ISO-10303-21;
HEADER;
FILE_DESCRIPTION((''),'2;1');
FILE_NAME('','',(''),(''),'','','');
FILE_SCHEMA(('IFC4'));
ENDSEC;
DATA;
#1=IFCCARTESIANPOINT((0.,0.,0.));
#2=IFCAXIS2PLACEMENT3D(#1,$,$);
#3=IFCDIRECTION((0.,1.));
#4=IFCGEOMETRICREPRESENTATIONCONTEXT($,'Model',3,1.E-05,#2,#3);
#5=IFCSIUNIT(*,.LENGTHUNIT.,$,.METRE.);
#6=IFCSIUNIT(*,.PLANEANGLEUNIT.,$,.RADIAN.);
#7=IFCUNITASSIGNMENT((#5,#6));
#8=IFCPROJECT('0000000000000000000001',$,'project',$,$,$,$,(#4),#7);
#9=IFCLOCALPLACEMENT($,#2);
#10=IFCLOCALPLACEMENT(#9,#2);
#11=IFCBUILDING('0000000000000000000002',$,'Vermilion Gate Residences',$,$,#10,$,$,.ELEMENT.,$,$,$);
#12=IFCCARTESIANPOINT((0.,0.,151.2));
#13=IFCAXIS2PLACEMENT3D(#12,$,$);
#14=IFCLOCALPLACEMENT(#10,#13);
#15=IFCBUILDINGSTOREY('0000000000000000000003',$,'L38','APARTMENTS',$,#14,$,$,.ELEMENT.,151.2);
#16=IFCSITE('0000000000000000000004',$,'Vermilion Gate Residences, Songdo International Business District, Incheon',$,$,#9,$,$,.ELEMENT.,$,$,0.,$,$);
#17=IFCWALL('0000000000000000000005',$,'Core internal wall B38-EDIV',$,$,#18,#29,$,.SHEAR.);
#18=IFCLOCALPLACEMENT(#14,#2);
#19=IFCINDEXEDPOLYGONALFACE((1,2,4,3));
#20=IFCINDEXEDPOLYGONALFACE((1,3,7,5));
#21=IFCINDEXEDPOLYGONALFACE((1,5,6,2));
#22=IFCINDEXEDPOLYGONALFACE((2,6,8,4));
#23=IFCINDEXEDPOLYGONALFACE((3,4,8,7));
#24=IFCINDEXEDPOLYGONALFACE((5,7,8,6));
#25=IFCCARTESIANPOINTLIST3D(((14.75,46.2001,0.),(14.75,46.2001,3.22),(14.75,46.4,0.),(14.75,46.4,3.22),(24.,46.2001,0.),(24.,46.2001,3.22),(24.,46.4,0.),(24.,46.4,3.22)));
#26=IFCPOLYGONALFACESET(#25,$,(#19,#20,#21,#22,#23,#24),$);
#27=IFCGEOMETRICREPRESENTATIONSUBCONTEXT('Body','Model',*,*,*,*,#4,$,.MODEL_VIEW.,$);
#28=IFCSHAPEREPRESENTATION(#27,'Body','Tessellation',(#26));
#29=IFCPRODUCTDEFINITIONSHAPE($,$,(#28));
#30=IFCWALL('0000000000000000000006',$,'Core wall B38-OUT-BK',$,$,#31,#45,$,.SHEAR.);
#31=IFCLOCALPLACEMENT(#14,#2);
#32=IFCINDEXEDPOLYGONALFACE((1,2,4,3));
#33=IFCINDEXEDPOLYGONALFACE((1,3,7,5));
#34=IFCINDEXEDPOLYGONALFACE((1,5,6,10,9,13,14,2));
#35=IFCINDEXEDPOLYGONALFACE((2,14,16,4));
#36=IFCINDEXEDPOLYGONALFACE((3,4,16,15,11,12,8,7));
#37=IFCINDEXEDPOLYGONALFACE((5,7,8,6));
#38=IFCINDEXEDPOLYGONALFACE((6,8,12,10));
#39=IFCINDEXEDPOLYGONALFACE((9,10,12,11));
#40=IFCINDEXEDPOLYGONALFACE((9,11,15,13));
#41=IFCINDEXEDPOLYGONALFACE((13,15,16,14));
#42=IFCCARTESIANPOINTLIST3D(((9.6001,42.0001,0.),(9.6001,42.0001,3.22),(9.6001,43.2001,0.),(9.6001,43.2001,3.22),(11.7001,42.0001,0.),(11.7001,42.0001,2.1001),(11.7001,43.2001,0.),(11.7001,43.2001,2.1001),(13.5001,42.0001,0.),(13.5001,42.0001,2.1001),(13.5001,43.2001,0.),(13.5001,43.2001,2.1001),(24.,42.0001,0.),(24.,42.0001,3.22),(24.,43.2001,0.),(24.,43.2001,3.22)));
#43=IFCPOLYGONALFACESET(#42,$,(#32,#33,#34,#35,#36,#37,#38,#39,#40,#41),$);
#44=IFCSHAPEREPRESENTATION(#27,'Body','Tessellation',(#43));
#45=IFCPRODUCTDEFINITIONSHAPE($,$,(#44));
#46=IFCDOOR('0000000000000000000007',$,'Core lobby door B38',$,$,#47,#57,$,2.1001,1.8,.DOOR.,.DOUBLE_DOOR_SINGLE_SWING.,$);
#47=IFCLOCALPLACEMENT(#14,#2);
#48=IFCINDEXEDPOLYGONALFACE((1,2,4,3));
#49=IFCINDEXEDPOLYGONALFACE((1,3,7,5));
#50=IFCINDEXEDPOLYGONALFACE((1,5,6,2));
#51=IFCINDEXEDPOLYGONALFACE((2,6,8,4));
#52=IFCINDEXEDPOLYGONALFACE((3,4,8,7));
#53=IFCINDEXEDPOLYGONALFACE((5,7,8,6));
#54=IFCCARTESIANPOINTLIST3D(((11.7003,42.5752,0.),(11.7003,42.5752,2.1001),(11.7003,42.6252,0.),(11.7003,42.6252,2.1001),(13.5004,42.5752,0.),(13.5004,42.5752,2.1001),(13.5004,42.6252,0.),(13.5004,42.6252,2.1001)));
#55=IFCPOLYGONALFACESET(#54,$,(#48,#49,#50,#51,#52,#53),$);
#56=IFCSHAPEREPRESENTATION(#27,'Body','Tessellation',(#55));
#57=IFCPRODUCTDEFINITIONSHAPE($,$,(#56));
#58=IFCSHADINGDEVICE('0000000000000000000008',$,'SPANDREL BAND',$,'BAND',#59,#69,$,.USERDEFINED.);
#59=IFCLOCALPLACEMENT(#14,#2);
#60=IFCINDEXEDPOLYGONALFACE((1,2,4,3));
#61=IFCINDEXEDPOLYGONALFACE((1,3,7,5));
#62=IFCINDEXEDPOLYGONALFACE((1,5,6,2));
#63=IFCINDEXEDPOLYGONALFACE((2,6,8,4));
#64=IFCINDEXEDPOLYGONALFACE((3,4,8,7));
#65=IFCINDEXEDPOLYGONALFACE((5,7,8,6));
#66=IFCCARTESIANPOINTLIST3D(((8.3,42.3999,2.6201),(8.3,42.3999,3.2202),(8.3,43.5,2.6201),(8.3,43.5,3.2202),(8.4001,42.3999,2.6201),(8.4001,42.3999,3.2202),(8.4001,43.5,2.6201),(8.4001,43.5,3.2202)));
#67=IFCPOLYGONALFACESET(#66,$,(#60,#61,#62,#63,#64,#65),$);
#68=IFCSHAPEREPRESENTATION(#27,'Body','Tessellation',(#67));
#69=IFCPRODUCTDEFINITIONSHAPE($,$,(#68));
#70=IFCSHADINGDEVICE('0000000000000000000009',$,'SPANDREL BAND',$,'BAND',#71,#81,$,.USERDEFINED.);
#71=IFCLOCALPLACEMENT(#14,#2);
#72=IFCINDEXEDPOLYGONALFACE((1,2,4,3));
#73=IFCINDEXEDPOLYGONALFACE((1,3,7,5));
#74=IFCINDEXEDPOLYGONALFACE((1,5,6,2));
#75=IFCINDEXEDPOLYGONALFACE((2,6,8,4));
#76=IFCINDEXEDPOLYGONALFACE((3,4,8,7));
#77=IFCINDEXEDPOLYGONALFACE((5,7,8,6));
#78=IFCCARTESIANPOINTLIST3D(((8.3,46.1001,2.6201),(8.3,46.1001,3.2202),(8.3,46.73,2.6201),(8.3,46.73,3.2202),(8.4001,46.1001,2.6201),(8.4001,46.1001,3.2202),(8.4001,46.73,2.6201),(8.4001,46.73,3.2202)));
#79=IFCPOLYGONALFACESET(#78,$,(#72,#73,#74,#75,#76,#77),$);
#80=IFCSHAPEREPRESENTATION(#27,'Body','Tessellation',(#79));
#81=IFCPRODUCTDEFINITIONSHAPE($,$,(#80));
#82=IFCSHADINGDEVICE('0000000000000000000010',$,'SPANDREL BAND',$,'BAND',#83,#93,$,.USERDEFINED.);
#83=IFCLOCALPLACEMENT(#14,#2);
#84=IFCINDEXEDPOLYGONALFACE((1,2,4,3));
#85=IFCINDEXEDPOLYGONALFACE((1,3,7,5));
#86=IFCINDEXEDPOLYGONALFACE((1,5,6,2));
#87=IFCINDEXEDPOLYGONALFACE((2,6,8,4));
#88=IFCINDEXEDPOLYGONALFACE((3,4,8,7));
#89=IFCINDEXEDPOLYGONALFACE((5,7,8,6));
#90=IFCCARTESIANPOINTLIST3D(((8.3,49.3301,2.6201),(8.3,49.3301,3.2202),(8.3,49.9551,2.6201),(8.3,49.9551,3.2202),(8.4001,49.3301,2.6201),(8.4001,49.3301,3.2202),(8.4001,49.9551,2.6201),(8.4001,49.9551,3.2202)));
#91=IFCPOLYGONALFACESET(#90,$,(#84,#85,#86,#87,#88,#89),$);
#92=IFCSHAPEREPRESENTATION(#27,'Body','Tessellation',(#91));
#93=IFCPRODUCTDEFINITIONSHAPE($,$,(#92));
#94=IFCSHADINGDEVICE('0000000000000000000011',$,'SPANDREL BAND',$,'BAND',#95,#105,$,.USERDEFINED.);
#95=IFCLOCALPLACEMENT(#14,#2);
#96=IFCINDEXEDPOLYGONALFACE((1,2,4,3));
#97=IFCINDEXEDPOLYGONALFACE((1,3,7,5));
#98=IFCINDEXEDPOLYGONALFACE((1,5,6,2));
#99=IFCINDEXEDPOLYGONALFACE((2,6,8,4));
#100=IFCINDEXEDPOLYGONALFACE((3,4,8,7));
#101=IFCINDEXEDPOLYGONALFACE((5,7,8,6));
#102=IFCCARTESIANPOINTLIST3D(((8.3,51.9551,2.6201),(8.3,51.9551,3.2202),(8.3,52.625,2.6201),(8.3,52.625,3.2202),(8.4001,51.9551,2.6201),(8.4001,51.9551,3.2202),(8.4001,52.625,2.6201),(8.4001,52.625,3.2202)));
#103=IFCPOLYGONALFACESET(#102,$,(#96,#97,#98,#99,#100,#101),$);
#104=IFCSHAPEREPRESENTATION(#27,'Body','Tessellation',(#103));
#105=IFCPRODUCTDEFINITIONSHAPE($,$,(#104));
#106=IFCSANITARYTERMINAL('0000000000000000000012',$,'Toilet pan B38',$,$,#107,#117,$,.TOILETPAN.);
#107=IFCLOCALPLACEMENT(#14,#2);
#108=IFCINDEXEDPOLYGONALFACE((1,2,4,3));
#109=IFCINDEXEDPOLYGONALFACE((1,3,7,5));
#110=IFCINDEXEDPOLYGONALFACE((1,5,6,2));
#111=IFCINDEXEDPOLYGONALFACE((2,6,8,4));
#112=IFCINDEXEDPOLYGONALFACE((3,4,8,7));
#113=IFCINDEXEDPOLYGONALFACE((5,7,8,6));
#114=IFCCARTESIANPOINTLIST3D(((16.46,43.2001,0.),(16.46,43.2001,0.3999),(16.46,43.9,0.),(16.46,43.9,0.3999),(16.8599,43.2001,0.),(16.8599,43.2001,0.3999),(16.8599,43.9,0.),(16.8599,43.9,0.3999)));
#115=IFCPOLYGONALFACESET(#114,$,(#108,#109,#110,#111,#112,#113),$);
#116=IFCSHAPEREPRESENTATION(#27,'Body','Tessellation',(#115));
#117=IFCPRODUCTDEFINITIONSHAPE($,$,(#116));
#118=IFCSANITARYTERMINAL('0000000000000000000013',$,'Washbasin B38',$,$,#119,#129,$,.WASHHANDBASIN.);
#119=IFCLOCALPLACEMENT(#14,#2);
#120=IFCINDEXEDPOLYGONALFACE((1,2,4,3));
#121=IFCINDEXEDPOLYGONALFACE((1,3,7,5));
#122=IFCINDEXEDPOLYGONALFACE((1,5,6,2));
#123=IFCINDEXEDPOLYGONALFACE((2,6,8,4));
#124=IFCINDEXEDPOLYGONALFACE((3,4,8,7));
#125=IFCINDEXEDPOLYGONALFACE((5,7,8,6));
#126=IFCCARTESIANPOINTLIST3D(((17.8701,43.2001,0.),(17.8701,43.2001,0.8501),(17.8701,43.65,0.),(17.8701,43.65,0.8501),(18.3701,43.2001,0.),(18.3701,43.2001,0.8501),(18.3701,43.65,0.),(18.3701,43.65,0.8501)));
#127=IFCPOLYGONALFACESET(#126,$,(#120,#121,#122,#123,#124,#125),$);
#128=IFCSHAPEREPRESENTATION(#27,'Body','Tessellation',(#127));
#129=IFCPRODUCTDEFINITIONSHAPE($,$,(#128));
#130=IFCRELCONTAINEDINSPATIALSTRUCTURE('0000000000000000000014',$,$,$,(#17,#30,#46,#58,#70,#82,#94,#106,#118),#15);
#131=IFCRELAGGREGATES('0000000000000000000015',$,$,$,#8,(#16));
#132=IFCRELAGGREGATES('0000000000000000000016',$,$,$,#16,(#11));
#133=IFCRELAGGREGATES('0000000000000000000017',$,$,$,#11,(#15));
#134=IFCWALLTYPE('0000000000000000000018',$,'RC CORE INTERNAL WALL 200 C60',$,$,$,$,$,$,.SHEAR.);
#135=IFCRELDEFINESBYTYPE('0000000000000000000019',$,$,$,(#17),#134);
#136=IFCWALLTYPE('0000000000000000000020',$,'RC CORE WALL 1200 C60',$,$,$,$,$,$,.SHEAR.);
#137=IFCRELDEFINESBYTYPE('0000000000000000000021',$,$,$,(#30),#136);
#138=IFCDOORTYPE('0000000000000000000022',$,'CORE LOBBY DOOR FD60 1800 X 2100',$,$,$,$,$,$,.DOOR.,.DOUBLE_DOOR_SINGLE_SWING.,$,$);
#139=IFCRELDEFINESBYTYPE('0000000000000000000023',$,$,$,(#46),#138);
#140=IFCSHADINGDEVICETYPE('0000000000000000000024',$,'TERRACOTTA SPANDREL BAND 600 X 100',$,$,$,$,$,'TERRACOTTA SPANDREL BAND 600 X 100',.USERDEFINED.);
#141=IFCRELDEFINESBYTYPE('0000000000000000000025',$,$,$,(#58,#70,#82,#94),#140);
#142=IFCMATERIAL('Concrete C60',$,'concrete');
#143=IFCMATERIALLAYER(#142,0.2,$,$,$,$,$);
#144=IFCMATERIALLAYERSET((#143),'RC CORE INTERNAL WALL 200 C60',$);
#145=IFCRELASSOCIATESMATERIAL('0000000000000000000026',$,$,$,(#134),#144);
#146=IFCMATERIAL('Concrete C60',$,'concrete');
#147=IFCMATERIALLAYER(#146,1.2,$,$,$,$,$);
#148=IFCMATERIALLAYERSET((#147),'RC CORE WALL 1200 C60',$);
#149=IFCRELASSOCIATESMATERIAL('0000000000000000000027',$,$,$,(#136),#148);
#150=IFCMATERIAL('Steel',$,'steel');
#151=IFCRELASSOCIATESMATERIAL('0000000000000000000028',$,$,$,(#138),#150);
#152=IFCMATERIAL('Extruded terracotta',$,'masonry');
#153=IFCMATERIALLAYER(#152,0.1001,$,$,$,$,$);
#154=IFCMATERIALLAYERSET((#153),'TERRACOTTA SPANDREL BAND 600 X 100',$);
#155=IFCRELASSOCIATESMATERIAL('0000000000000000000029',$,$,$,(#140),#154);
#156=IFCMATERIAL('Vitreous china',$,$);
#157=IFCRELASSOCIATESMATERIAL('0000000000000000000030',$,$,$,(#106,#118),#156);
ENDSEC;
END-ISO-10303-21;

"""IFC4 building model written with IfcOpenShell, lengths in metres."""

from ifc_helpers import new_model, si_unit, direction, frame, frame_2d, origin, origin_2d, place, context, subcontext, project, spatial, rectangle, extrude, material, layer, layer_set, type_object, element, fill, save


model = new_model("IFC4")

# Units and contexts
model_context = context("Model", 3, precision=1e-05, world=origin(), true_north=direction((0.0, 1.0)))
body_context = subcontext(model_context, "Body", "Model", "MODEL_VIEW")
ifc_project = project(units=[si_unit("LENGTHUNIT", "METRE"), si_unit("PLANEANGLEUNIT", "RADIAN")], contexts=[model_context])

# Site, building, storey
site_placement = place(None, origin())
site = spatial("IfcSite", under=ifc_project, at=site_placement, Name="Vermilion Gate Residences, Songdo International Business District, Incheon", CompositionType="ELEMENT", RefElevation=0.0)
building_placement = place(site_placement, origin())
building = spatial("IfcBuilding", under=site, at=building_placement, Name="Vermilion Gate Residences", CompositionType="ELEMENT")
storey_placement = place(building_placement, frame((0.0, 0.0, 151.2)))
storey = spatial("IfcBuildingStorey", under=building, at=storey_placement, Name="L38", Description="APARTMENTS", CompositionType="ELEMENT", Elevation=151.2)

# Wall
ifc_material_1 = material(Name="Concrete C60", Category="concrete")
ifc_layer_1 = layer(ifc_material_1, 0.2)
ifc_layer_set_1 = layer_set([ifc_layer_1], Name="RC CORE INTERNAL WALL 200 C60")
wall_type_1 = type_object("IfcWallType", Name="RC CORE INTERNAL WALL 200 C60", PredefinedType="SHEAR", material=ifc_layer_set_1)
wall_1_placement = place(storey_placement, frame((14.75, 46.3, 0.0), z_axis=(0.0, 0.0, 1.0), x_axis=(1.0, 0.0, 0.0)))
element("IfcWall", 1, at=wall_1_placement, inside=storey, type_object=wall_type_1, Name="Core internal wall B38-EDIV", PredefinedType="SHEAR", context=body_context, shape_type="SweptSolid", body=[
    extrude(rectangle(XDim=9.25, YDim=0.2, at=frame_2d((4.625, 0.0))), origin(), (0.0, 0.0, 1.0), 3.22),
])

# Wall, opening, door
ifc_material_2 = material(Name="Concrete C60", Category="concrete")
ifc_layer_2 = layer(ifc_material_2, 1.2)
ifc_layer_set_2 = layer_set([ifc_layer_2], Name="RC CORE WALL 1200 C60")
wall_type_2 = type_object("IfcWallType", Name="RC CORE WALL 1200 C60", PredefinedType="SHEAR", material=ifc_layer_set_2)
wall_2_placement = place(storey_placement, frame((9.6001, 42.6001, 0.0), z_axis=(0.0, 0.0, 1.0), x_axis=(1.0, 0.0, 0.0)))
wall_2 = element("IfcWall", 2, at=wall_2_placement, inside=storey, type_object=wall_type_2, Name="Core wall B38-OUT-BK", PredefinedType="SHEAR", context=body_context, shape_type="SweptSolid", body=[
    extrude(rectangle(XDim=14.3999, YDim=1.2, at=frame_2d((7.2, 0.0))), origin(), (0.0, 0.0, 1.0), 3.22),
])
opening_1_placement = place(wall_2_placement, frame((2.1001, 0.0, 0.0)))
opening_1 = element("IfcOpeningElement", 3, at=opening_1_placement, cuts=wall_2, PredefinedType="OPENING", context=body_context, shape_type="SweptSolid", body=[
    extrude(rectangle(XDim=1.8, YDim=2.1001, at=frame_2d((0.8999, 1.05))), frame((0.0, 0.6099, 0.0), z_axis=(0.0, -1.0, 0.0), x_axis=(1.0, 0.0, 0.0)), (0.0, 0.0, 1.0), 1.22),
])
ifc_material_3 = material(Name="Steel", Category="steel")
door_type_1 = type_object("IfcDoorType", Name="CORE LOBBY DOOR FD60 1800 X 2100", OperationType="DOUBLE_DOOR_SINGLE_SWING", PredefinedType="DOOR", material=ifc_material_3)
door_1_placement = place(opening_1_placement, frame((1.8, 0.0, 0.0), z_axis=(0.0, 0.0, 1.0), x_axis=(-1.0, 0.0, 0.0)))
door_1 = element("IfcDoor", 4, at=door_1_placement, inside=storey, type_object=door_type_1, Name="Core lobby door B38", OperationType="DOUBLE_DOOR_SINGLE_SWING", OverallHeight=2.1001, OverallWidth=1.8, PredefinedType="DOOR", context=body_context, shape_type="SweptSolid", body=[
    extrude(rectangle(XDim=1.8, YDim=2.1001, at=frame_2d((0.8999, 1.05))), frame((0.0, 0.0249, 0.0), z_axis=(0.0, -1.0, 0.0), x_axis=(1.0, 0.0, 0.0)), (0.0, 0.0, 1.0), 0.05),
])
fill(opening_1, door_1)

# Shading devices
ifc_material_4 = material(Name="Extruded terracotta", Category="masonry")
ifc_layer_3 = layer(ifc_material_4, 0.1001)
ifc_layer_set_3 = layer_set([ifc_layer_3], Name="TERRACOTTA SPANDREL BAND 600 X 100")
shading_device_type = type_object("IfcShadingDeviceType", Name="TERRACOTTA SPANDREL BAND 600 X 100", ElementType="TERRACOTTA SPANDREL BAND 600 X 100", PredefinedType="USERDEFINED", material=ifc_layer_set_3)
shading_device_1_placement = place(storey_placement, frame((8.3501, 42.95, 2.6201), z_axis=(0.0, 0.0, 1.0), x_axis=(0.0, 1.0, 0.0)))
element("IfcShadingDevice", 5, at=shading_device_1_placement, inside=storey, type_object=shading_device_type, Name="SPANDREL BAND", ObjectType="BAND", PredefinedType="USERDEFINED", context=body_context, shape_type="SweptSolid", body=[
    extrude(rectangle(XDim=1.1001, YDim=0.1001, at=origin_2d()), origin(), (0.0, 0.0, 1.0), 0.6001),
])
shading_device_2_placement = place(storey_placement, frame((8.3501, 46.415, 2.6201), z_axis=(0.0, 0.0, 1.0), x_axis=(0.0, 1.0, 0.0)))
element("IfcShadingDevice", 6, at=shading_device_2_placement, inside=storey, type_object=shading_device_type, Name="SPANDREL BAND", ObjectType="BAND", PredefinedType="USERDEFINED", context=body_context, shape_type="SweptSolid", body=[
    extrude(rectangle(XDim=0.6299, YDim=0.1001, at=origin_2d()), origin(), (0.0, 0.0, 1.0), 0.6001),
])
shading_device_3_placement = place(storey_placement, frame((8.3501, 49.6426, 2.6201), z_axis=(0.0, 0.0, 1.0), x_axis=(0.0, 1.0, 0.0)))
element("IfcShadingDevice", 7, at=shading_device_3_placement, inside=storey, type_object=shading_device_type, Name="SPANDREL BAND", ObjectType="BAND", PredefinedType="USERDEFINED", context=body_context, shape_type="SweptSolid", body=[
    extrude(rectangle(XDim=0.625, YDim=0.1001, at=origin_2d()), origin(), (0.0, 0.0, 1.0), 0.6001),
])
shading_device_4_placement = place(storey_placement, frame((8.3501, 52.29, 2.6201), z_axis=(0.0, 0.0, 1.0), x_axis=(0.0, 1.0, 0.0)))
element("IfcShadingDevice", 8, at=shading_device_4_placement, inside=storey, type_object=shading_device_type, Name="SPANDREL BAND", ObjectType="BAND", PredefinedType="USERDEFINED", context=body_context, shape_type="SweptSolid", body=[
    extrude(rectangle(XDim=0.6699, YDim=0.1001, at=origin_2d()), origin(), (0.0, 0.0, 1.0), 0.6001),
])

# Sanitary terminals
ifc_material_5 = material(Name="Vitreous china")
sanitary_terminal_1_placement = place(storey_placement, frame((16.6599, 43.55, 0.0), z_axis=(0.0, 0.0, 1.0), x_axis=(1.0, 0.0, 0.0)))
element("IfcSanitaryTerminal", 9, at=sanitary_terminal_1_placement, inside=storey, material=ifc_material_5, Name="Toilet pan B38", PredefinedType="TOILETPAN", context=body_context, shape_type="SweptSolid", body=[
    extrude(rectangle(XDim=0.3999, YDim=0.7, at=origin_2d()), origin(), (0.0, 0.0, 1.0), 0.3999),
])
sanitary_terminal_2_placement = place(storey_placement, frame((18.1201, 43.425, 0.0), z_axis=(0.0, 0.0, 1.0), x_axis=(1.0, 0.0, 0.0)))
element("IfcSanitaryTerminal", 10, at=sanitary_terminal_2_placement, inside=storey, material=ifc_material_5, Name="Washbasin B38", PredefinedType="WASHHANDBASIN", context=body_context, shape_type="SweptSolid", body=[
    extrude(rectangle(XDim=0.5, YDim=0.45, at=origin_2d()), origin(), (0.0, 0.0, 1.0), 0.8501),
])

save(model, "model.ifc")
